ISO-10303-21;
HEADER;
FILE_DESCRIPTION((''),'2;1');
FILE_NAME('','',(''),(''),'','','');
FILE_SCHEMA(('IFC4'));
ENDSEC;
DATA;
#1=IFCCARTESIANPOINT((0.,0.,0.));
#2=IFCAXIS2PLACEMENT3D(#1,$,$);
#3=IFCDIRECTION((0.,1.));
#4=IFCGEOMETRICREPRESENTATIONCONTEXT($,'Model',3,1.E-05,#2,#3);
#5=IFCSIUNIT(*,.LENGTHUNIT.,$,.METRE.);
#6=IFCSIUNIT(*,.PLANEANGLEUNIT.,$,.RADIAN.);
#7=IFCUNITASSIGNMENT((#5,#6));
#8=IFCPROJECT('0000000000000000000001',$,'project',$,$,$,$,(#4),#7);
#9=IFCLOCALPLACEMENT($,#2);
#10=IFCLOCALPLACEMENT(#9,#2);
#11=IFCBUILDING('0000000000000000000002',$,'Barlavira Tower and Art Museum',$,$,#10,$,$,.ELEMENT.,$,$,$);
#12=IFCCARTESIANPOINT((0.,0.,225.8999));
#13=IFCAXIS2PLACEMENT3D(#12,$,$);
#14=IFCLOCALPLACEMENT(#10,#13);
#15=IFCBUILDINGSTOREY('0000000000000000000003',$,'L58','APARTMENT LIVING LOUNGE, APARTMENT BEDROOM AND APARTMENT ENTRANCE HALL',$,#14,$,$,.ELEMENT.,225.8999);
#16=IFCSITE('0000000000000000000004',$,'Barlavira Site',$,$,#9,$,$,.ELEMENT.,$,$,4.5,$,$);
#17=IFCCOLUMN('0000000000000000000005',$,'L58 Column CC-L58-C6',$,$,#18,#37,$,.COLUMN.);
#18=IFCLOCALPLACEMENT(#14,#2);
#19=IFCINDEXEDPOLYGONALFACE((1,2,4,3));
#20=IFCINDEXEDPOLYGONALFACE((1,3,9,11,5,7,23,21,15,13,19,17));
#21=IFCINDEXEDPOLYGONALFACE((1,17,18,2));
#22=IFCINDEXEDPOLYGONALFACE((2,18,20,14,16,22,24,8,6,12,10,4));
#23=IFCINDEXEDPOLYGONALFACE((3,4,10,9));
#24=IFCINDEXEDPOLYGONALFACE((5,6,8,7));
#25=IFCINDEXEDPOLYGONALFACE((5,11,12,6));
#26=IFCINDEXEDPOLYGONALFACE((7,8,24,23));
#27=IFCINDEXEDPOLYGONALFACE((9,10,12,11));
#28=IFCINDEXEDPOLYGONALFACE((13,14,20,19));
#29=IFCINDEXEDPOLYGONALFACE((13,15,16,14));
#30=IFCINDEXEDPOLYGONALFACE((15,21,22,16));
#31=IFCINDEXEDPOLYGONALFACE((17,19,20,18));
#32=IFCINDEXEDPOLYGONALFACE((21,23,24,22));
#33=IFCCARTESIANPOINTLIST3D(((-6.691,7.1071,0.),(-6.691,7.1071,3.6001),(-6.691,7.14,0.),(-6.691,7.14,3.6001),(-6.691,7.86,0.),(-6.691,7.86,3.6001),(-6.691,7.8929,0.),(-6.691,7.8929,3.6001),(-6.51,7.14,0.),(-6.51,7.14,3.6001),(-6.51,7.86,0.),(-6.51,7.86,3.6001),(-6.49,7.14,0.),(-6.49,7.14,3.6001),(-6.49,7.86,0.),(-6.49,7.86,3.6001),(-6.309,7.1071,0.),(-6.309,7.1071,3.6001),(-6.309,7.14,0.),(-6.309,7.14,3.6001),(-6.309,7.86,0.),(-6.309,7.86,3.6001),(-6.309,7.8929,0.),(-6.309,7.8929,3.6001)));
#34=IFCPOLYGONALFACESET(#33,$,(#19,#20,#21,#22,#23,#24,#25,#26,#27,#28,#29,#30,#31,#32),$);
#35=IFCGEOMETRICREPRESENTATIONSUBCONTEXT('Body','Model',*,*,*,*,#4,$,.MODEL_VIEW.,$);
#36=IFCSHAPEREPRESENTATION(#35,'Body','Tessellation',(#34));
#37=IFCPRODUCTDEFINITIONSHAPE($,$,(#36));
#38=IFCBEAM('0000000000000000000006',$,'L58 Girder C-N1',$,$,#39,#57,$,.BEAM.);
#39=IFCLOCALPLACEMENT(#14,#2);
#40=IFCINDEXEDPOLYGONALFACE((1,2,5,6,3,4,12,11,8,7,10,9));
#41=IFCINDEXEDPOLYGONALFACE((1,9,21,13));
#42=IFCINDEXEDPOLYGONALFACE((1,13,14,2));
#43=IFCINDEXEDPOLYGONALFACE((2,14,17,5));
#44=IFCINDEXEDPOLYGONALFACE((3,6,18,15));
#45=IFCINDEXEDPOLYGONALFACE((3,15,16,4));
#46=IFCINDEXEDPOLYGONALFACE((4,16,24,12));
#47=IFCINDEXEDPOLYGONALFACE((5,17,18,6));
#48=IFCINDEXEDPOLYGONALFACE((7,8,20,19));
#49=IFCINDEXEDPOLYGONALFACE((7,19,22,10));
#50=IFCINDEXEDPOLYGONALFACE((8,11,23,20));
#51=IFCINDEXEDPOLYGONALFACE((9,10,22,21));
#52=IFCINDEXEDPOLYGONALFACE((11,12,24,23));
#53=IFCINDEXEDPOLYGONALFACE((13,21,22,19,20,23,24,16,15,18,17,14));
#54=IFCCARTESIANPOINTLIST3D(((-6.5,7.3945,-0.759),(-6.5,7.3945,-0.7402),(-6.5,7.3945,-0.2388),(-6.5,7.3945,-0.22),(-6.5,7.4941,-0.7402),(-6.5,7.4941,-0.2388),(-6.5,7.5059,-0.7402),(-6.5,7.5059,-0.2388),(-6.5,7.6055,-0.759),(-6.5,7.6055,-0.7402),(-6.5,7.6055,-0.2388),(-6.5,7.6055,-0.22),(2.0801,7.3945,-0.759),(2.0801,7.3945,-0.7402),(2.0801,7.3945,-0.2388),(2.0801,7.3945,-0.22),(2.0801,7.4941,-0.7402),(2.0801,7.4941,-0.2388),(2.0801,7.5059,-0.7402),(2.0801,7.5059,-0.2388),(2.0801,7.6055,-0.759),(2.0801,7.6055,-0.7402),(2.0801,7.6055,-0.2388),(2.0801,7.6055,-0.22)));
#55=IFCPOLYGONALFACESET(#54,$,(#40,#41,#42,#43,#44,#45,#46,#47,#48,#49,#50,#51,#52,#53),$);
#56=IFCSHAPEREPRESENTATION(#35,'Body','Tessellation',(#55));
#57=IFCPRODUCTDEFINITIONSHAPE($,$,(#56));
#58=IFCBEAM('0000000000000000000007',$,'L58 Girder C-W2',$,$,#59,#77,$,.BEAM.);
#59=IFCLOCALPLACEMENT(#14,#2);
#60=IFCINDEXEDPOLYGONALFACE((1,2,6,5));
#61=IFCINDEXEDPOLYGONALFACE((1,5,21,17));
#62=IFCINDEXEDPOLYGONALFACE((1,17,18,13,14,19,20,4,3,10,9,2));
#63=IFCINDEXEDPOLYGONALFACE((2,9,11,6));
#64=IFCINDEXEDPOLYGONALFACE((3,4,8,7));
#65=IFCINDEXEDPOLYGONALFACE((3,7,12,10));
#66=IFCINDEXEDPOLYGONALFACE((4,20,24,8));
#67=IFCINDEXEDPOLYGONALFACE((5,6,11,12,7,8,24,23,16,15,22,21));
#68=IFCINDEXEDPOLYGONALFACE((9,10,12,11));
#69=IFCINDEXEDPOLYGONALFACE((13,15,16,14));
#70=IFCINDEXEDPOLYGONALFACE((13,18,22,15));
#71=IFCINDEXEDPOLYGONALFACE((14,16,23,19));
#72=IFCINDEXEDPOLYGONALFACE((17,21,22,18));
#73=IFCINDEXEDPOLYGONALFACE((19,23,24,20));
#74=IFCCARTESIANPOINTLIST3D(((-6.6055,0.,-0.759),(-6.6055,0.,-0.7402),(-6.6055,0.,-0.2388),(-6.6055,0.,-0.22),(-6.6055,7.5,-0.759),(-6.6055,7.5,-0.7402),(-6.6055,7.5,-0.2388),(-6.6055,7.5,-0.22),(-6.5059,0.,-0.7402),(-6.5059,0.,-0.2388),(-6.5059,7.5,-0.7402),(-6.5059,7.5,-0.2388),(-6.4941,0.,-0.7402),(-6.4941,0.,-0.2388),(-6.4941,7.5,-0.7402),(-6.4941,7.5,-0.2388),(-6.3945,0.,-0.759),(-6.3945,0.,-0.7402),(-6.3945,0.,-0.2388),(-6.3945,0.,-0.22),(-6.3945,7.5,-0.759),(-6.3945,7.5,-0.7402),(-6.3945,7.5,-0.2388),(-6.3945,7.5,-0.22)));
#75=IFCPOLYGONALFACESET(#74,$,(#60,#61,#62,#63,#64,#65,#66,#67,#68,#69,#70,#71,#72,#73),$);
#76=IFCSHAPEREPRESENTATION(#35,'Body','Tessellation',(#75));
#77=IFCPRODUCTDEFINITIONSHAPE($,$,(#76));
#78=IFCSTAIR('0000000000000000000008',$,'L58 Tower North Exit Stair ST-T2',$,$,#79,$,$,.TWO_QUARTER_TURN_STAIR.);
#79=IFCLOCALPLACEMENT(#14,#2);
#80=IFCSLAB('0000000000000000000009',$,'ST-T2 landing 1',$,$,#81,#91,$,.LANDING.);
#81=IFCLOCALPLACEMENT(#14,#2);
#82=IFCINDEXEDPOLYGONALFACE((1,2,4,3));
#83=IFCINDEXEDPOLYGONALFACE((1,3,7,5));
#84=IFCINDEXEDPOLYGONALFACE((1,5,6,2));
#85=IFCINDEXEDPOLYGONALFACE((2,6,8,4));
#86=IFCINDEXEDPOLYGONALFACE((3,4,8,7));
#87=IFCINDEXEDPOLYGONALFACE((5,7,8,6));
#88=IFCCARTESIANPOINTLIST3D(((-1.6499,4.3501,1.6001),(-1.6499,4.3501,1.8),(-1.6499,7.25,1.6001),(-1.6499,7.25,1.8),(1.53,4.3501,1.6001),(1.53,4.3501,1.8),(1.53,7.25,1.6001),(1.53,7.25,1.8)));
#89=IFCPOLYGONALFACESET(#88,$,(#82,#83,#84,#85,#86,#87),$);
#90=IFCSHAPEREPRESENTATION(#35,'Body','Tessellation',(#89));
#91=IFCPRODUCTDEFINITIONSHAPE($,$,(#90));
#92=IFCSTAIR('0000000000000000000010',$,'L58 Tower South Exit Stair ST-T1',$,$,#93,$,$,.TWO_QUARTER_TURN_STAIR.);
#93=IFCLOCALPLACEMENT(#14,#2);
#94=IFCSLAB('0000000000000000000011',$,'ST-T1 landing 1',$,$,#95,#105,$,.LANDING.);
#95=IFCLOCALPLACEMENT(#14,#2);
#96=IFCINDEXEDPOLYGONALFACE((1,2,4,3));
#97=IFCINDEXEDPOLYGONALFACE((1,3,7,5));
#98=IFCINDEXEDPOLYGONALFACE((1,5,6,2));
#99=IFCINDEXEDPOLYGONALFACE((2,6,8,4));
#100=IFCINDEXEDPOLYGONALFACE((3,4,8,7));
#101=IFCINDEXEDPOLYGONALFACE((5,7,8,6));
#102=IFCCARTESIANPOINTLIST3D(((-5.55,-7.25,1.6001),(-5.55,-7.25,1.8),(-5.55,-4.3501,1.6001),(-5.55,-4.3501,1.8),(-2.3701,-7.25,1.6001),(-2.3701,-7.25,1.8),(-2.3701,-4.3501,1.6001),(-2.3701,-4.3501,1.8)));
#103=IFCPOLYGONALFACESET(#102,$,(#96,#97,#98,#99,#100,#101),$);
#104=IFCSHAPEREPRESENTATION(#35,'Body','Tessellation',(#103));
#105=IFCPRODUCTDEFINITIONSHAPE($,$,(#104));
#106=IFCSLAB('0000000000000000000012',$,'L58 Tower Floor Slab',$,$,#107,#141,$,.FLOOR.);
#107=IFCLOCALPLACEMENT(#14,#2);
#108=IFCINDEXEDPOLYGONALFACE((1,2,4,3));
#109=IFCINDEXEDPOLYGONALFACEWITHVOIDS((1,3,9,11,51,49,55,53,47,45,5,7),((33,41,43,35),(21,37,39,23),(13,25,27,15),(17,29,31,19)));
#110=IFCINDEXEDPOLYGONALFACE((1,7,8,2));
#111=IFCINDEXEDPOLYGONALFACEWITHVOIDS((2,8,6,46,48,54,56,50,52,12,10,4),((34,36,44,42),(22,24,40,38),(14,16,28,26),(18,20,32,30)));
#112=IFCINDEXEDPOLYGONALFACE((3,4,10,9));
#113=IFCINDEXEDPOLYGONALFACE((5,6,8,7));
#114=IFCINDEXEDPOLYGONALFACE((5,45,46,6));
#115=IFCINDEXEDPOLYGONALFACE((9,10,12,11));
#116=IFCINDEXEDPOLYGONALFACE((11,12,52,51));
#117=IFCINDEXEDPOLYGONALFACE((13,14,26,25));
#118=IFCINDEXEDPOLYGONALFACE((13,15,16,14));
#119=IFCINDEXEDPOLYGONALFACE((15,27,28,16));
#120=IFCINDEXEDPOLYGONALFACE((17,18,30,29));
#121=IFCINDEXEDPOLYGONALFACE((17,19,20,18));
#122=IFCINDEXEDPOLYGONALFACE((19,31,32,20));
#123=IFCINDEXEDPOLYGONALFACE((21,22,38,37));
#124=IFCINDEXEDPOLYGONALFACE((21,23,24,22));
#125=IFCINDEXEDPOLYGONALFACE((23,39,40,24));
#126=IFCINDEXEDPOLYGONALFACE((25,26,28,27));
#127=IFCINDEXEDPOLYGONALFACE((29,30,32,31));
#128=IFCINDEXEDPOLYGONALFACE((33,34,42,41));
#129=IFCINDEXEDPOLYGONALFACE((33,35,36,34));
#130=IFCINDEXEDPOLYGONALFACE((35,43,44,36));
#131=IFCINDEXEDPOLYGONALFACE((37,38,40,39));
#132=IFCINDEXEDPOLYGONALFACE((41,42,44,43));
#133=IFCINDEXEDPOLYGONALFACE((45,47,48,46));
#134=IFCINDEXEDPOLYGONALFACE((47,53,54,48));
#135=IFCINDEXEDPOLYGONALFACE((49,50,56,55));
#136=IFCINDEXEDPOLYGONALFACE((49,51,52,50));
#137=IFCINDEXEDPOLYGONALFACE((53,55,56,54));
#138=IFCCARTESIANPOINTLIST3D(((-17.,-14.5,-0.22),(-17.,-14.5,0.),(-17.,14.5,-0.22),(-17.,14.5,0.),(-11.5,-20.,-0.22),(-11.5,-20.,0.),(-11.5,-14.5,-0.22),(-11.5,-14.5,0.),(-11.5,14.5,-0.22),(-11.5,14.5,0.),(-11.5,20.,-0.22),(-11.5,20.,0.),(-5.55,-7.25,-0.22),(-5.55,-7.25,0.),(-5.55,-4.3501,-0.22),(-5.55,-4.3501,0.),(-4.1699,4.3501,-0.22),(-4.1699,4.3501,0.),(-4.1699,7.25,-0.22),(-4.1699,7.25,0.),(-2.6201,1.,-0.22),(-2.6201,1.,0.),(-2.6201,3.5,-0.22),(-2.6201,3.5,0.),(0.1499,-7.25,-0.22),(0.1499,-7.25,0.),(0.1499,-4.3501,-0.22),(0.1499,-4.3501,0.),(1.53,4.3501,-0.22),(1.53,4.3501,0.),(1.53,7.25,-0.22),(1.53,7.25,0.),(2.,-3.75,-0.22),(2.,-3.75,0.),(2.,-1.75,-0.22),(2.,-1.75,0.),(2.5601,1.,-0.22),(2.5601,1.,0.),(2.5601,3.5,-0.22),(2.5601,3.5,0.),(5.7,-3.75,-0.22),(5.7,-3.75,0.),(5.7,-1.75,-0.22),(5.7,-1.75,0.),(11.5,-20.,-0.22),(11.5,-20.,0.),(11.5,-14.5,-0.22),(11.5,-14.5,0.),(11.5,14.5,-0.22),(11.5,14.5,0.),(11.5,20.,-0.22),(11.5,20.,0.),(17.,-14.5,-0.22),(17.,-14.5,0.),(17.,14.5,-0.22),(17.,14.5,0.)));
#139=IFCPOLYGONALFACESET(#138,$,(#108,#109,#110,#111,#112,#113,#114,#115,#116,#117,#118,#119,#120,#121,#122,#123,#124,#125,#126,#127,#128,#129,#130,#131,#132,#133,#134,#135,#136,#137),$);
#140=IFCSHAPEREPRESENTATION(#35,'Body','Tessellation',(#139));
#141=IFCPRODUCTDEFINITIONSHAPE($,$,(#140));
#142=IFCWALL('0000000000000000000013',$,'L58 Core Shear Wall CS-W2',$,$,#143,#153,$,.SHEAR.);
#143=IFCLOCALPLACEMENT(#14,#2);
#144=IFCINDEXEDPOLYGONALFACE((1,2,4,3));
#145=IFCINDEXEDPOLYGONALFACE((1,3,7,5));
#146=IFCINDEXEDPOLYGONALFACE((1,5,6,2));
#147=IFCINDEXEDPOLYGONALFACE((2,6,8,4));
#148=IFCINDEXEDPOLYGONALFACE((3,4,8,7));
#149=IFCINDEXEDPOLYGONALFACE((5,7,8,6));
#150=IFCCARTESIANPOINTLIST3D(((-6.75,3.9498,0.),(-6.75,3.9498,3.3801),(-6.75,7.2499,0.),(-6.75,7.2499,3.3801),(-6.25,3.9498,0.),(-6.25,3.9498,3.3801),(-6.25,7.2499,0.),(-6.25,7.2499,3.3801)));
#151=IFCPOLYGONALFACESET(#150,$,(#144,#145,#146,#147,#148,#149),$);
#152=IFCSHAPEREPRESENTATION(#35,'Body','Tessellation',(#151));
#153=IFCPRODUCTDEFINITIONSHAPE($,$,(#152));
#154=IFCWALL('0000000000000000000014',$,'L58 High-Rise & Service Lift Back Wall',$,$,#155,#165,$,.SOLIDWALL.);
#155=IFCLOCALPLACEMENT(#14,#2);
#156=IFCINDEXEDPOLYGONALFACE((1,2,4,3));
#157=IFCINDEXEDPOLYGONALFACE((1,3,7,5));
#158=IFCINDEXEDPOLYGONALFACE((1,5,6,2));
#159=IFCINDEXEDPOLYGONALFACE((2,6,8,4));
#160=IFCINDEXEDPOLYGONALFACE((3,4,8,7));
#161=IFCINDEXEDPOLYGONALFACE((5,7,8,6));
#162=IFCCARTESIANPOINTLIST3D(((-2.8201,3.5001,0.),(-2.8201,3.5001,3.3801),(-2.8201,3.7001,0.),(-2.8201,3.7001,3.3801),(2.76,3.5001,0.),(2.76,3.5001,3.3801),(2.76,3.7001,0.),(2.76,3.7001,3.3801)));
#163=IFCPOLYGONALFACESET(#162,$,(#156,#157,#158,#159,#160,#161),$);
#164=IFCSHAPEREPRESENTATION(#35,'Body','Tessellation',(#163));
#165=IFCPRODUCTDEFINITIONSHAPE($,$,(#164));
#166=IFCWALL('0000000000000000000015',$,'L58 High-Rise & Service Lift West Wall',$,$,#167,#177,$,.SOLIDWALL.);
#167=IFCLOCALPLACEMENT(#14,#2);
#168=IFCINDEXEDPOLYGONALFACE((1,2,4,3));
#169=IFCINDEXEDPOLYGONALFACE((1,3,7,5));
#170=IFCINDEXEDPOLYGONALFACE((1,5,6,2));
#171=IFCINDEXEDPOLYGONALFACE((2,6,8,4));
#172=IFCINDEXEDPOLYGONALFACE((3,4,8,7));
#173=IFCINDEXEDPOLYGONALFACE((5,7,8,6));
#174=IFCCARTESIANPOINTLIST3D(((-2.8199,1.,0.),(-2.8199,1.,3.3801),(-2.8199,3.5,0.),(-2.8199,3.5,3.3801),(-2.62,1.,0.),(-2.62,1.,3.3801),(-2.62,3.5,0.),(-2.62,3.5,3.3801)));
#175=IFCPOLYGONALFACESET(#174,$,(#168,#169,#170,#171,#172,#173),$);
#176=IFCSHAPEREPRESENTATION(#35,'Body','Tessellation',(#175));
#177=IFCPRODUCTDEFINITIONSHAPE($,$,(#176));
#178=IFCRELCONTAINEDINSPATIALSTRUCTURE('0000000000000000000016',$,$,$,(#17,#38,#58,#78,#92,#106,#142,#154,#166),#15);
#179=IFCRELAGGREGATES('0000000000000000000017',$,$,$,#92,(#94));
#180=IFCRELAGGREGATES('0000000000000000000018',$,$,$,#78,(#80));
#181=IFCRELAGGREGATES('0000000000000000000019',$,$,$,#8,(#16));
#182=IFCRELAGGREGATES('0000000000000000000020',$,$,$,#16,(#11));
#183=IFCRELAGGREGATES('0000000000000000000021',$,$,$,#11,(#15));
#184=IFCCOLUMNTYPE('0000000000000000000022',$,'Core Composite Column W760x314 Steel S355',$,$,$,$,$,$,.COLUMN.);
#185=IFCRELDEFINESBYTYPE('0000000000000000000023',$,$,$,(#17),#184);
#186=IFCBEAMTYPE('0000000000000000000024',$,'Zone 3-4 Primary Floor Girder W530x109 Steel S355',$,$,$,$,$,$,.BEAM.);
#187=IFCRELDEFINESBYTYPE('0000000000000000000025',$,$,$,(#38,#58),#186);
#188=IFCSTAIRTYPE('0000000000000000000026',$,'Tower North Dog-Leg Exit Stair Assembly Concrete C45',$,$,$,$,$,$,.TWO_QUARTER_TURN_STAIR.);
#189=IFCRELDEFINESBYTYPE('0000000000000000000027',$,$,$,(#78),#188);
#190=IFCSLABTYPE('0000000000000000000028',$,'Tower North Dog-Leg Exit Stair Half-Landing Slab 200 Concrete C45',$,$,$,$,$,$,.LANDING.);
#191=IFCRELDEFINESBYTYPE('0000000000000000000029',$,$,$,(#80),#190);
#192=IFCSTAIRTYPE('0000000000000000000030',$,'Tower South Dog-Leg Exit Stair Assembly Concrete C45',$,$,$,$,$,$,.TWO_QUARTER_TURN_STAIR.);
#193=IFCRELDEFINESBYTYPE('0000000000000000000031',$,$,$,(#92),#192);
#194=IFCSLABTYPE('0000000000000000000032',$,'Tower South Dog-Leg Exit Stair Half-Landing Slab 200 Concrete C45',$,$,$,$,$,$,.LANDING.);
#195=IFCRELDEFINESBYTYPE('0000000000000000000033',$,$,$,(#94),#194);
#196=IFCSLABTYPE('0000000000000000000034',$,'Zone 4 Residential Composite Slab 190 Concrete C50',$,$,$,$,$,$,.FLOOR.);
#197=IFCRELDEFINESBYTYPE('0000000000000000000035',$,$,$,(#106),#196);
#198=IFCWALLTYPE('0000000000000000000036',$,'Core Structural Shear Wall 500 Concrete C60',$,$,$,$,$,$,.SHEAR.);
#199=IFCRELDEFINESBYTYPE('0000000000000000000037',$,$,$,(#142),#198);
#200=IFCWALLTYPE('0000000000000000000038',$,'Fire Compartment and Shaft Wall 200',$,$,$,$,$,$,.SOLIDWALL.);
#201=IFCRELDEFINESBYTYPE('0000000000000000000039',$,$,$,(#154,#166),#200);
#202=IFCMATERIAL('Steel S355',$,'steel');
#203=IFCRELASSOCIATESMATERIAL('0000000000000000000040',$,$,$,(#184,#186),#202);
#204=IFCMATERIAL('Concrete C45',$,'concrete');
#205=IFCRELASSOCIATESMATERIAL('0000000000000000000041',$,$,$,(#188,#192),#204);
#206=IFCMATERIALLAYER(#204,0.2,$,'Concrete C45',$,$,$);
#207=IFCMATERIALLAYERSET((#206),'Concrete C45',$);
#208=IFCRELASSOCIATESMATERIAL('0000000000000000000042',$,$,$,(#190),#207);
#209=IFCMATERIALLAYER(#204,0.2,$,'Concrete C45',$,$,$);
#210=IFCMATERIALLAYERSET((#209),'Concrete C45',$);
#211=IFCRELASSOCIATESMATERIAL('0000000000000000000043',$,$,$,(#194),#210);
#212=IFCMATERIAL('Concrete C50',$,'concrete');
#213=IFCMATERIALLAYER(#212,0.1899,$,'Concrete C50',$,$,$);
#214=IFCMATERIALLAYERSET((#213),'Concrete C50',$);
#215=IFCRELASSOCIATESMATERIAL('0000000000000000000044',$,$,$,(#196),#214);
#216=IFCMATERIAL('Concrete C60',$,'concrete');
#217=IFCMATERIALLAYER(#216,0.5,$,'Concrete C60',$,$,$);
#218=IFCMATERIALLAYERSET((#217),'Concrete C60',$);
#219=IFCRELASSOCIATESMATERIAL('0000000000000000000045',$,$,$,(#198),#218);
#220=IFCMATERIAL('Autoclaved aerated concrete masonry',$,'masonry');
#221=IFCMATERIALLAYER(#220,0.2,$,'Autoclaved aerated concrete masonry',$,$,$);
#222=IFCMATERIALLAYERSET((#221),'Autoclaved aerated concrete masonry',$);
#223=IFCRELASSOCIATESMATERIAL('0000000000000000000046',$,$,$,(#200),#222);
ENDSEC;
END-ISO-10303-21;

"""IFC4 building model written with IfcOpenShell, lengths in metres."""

from ifc_helpers import new_model, si_unit, direction, frame, frame_2d, origin, origin_2d, place, context, subcontext, project, spatial, polyline, rectangle, i_section, outline, extrude, material, layer, layer_set, material_profile, profile_set, type_object, element, aggregate, save


model = new_model("IFC4")

# Units and contexts
model_context = context("Model", 3, precision=1e-05, world=origin(), true_north=direction((0.0, 1.0)))
body_context = subcontext(model_context, "Body", "Model", "MODEL_VIEW")
ifc_project = project(units=[si_unit("LENGTHUNIT", "METRE"), si_unit("PLANEANGLEUNIT", "RADIAN")], contexts=[model_context])

# Site, building, storey
site_placement = place(None, origin())
site = spatial("IfcSite", under=ifc_project, at=site_placement, Name="Barlavira Site", CompositionType="ELEMENT", RefElevation=4.5)
building_placement = place(site_placement, origin())
building = spatial("IfcBuilding", under=site, at=building_placement, Name="Barlavira Tower and Art Museum", CompositionType="ELEMENT")
storey_placement = place(building_placement, frame((0.0, 0.0, 225.8999)))
storey = spatial("IfcBuildingStorey", under=building, at=storey_placement, Name="L58", Description="APARTMENT LIVING LOUNGE, APARTMENT BEDROOM AND APARTMENT ENTRANCE HALL", CompositionType="ELEMENT", Elevation=225.8999)

# Column
ifc_material_1 = material(Name="Steel S355", Category="steel")
ifc_material_profile_1 = material_profile(ifc_material_1, i_section(OverallWidth=0.3821, OverallDepth=0.7859, WebThickness=0.02, FlangeThickness=0.033, at=origin_2d()), Name="W760x314.0")
ifc_profile_set_1 = profile_set([ifc_material_profile_1], Name="Steel S355")
column_type = type_object("IfcColumnType", Name="Core Composite Column W760x314 Steel S355", PredefinedType="COLUMN", material=ifc_profile_set_1)
column_placement = place(storey_placement, frame((-6.5, 7.5, 0.0), z_axis=(0.0, 0.0, 1.0), x_axis=(1.0, 0.0, 0.0)))
element("IfcColumn", 1, at=column_placement, inside=storey, type_object=column_type, Name="L58 Column CC-L58-C6", PredefinedType="COLUMN", context=body_context, shape_type="SweptSolid", body=[
    extrude(i_section(OverallWidth=0.3821, OverallDepth=0.7859, WebThickness=0.02, FlangeThickness=0.033, at=origin_2d()), origin(), (0.0, 0.0, 1.0), 3.6001),
])

# Beams
ifc_material_profile_2 = material_profile(ifc_material_1, i_section(OverallWidth=0.2109, OverallDepth=0.5391, WebThickness=0.0117, FlangeThickness=0.0188, at=origin_2d()), Name="W530x109.0")
ifc_profile_set_2 = profile_set([ifc_material_profile_2], Name="Steel S355")
beam_type = type_object("IfcBeamType", Name="Zone 3-4 Primary Floor Girder W530x109 Steel S355", PredefinedType="BEAM", material=ifc_profile_set_2)
beam_1_placement = place(storey_placement, frame((-6.5, 7.5, -0.4895), z_axis=(1.0, 0.0, 0.0), x_axis=(0.0, 1.0, 0.0)))
element("IfcBeam", 2, at=beam_1_placement, inside=storey, type_object=beam_type, Name="L58 Girder C-N1", PredefinedType="BEAM", context=body_context, shape_type="SweptSolid", body=[
    extrude(i_section(OverallWidth=0.2109, OverallDepth=0.5391, WebThickness=0.0117, FlangeThickness=0.0188, at=origin_2d()), origin(), (0.0, 0.0, 1.0), 8.5801),
])
beam_2_placement = place(storey_placement, frame((-6.5, 0.0, -0.4895), z_axis=(0.0, 1.0, 0.0), x_axis=(-1.0, 0.0, 0.0)))
element("IfcBeam", 3, at=beam_2_placement, inside=storey, type_object=beam_type, Name="L58 Girder C-W2", PredefinedType="BEAM", context=body_context, shape_type="SweptSolid", body=[
    extrude(i_section(OverallWidth=0.2109, OverallDepth=0.5391, WebThickness=0.0117, FlangeThickness=0.0188, at=origin_2d()), origin(), (0.0, 0.0, 1.0), 7.5),
])

# Stairs, slabs
ifc_material_2 = material(Name="Concrete C45", Category="concrete")
stair_type_1 = type_object("IfcStairType", Name="Tower North Dog-Leg Exit Stair Assembly Concrete C45", PredefinedType="TWO_QUARTER_TURN_STAIR", material=ifc_material_2)
stair_1_placement = place(storey_placement, origin())
stair_1 = element("IfcStair", 4, at=stair_1_placement, inside=storey, type_object=stair_type_1, Name="L58 Tower North Exit Stair ST-T2", PredefinedType="TWO_QUARTER_TURN_STAIR")
ifc_layer_1 = layer(ifc_material_2, 0.2, Name="Concrete C45")
ifc_layer_set_1 = layer_set([ifc_layer_1], Name="Concrete C45")
slab_type_1 = type_object("IfcSlabType", Name="Tower North Dog-Leg Exit Stair Half-Landing Slab 200 Concrete C45", PredefinedType="LANDING", material=ifc_layer_set_1)
slab_1_placement = place(storey_placement, frame((0.0, 0.0, 1.6001)))
slab_1 = element("IfcSlab", 5, at=slab_1_placement, type_object=slab_type_1, Name="ST-T2 landing 1", PredefinedType="LANDING", context=body_context, shape_type="SweptSolid", body=[
    extrude(outline(polyline([(-1.6499, 4.3501), (1.53, 4.3501), (1.53, 7.25), (-1.6499, 7.25), (-1.6499, 4.3501)])), origin(), (0.0, 0.0, 1.0), 0.2),
])
stair_type_2 = type_object("IfcStairType", Name="Tower South Dog-Leg Exit Stair Assembly Concrete C45", PredefinedType="TWO_QUARTER_TURN_STAIR", material=ifc_material_2)
stair_2_placement = place(storey_placement, origin())
stair_2 = element("IfcStair", 6, at=stair_2_placement, inside=storey, type_object=stair_type_2, Name="L58 Tower South Exit Stair ST-T1", PredefinedType="TWO_QUARTER_TURN_STAIR")
ifc_layer_2 = layer(ifc_material_2, 0.2, Name="Concrete C45")
ifc_layer_set_2 = layer_set([ifc_layer_2], Name="Concrete C45")
slab_type_2 = type_object("IfcSlabType", Name="Tower South Dog-Leg Exit Stair Half-Landing Slab 200 Concrete C45", PredefinedType="LANDING", material=ifc_layer_set_2)
slab_2_placement = place(storey_placement, frame((0.0, 0.0, 1.6001)))
slab_2 = element("IfcSlab", 7, at=slab_2_placement, type_object=slab_type_2, Name="ST-T1 landing 1", PredefinedType="LANDING", context=body_context, shape_type="SweptSolid", body=[
    extrude(outline(polyline([(-2.3701, -4.3501), (-5.55, -4.3501), (-5.55, -7.25), (-2.3701, -7.25), (-2.3701, -4.3501)])), origin(), (0.0, 0.0, 1.0), 0.2),
])
aggregate(stair_2, [slab_2])

# Slab
ifc_material_3 = material(Name="Concrete C50", Category="concrete")
ifc_layer_3 = layer(ifc_material_3, 0.1899, Name="Concrete C50")
ifc_layer_set_3 = layer_set([ifc_layer_3], Name="Concrete C50")
slab_type_3 = type_object("IfcSlabType", Name="Zone 4 Residential Composite Slab 190 Concrete C50", PredefinedType="FLOOR", material=ifc_layer_set_3)
slab_3_placement = place(storey_placement, frame((0.0, 0.0, -0.22)))
element("IfcSlab", 8, at=slab_3_placement, inside=storey, type_object=slab_type_3, Name="L58 Tower Floor Slab", PredefinedType="FLOOR", context=body_context, shape_type="SweptSolid", body=[
    extrude(outline(polyline([(-11.5, -20.0), (11.5, -20.0), (11.5, -14.5), (17.0, -14.5), (17.0, 14.5), (11.5, 14.5), (11.5, 20.0), (-11.5, 20.0), (-11.5, 14.5), (-17.0, 14.5), (-17.0, -14.5), (-11.5, -14.5), (-11.5, -20.0)]), holes=[polyline([(0.1499, -4.3501), (-5.55, -4.3501), (-5.55, -7.25), (0.1499, -7.25), (0.1499, -4.3501)]), polyline([(-4.1699, 4.3501), (1.53, 4.3501), (1.53, 7.25), (-4.1699, 7.25), (-4.1699, 4.3501)]), polyline([(-2.6201, 1.0), (2.5601, 1.0), (2.5601, 3.5), (-2.6201, 3.5), (-2.6201, 1.0)]), polyline([(2.0, -3.75), (5.7, -3.75), (5.7, -1.75), (2.0, -1.75), (2.0, -3.75)])]), origin(), (0.0, 0.0, 1.0), 0.22),
])

# Shared definitions
ifc_material_4 = material(Name="Concrete C60", Category="concrete")
ifc_layer_4 = layer(ifc_material_4, 0.5, Name="Concrete C60")
ifc_layer_set_4 = layer_set([ifc_layer_4], Name="Concrete C60")
wall_type_1 = type_object("IfcWallType", Name="Core Structural Shear Wall 500 Concrete C60", PredefinedType="SHEAR", material=ifc_layer_set_4)

# Wall
wall_1_placement = place(storey_placement, frame((-6.5, 3.95, 0.0), z_axis=(0.0, 0.0, 1.0), x_axis=(0.0, 1.0, 0.0)))
element("IfcWall", 9, at=wall_1_placement, inside=storey, type_object=wall_type_1, Name="L58 Core Shear Wall CS-W2", PredefinedType="SHEAR", context=body_context, shape_type="SweptSolid", body=[
    extrude(rectangle(XDim=3.3, YDim=0.5, at=frame_2d((1.6499, 0.0))), origin(), (0.0, 0.0, 1.0), 3.3801),
])

# Shared definitions
ifc_material_5 = material(Name="Autoclaved aerated concrete masonry", Category="masonry")
ifc_layer_5 = layer(ifc_material_5, 0.2, Name="Autoclaved aerated concrete masonry")
ifc_layer_set_5 = layer_set([ifc_layer_5], Name="Autoclaved aerated concrete masonry")
wall_type_2 = type_object("IfcWallType", Name="Fire Compartment and Shaft Wall 200", PredefinedType="SOLIDWALL", material=ifc_layer_set_5)

# Walls
wall_2_placement = place(storey_placement, frame((-2.8201, 3.6001, 0.0), z_axis=(0.0, 0.0, 1.0), x_axis=(1.0, 0.0, 0.0)))
element("IfcWall", 10, at=wall_2_placement, inside=storey, type_object=wall_type_2, Name="L58 High-Rise & Service Lift Back Wall", PredefinedType="SOLIDWALL", context=body_context, shape_type="SweptSolid", body=[
    extrude(rectangle(XDim=5.5801, YDim=0.2, at=frame_2d((2.79, 0.0))), origin(), (0.0, 0.0, 1.0), 3.3801),
])
wall_3_placement = place(storey_placement, frame((-2.72, 1.0, 0.0), z_axis=(0.0, 0.0, 1.0), x_axis=(0.0, 1.0, 0.0)))
element("IfcWall", 11, at=wall_3_placement, inside=storey, type_object=wall_type_2, Name="L58 High-Rise & Service Lift West Wall", PredefinedType="SOLIDWALL", context=body_context, shape_type="SweptSolid", body=[
    extrude(rectangle(XDim=2.5, YDim=0.2, at=frame_2d((1.25, 0.0))), origin(), (0.0, 0.0, 1.0), 3.3801),
])

aggregate(stair_1, [slab_1])

save(model, "model.ifc")
